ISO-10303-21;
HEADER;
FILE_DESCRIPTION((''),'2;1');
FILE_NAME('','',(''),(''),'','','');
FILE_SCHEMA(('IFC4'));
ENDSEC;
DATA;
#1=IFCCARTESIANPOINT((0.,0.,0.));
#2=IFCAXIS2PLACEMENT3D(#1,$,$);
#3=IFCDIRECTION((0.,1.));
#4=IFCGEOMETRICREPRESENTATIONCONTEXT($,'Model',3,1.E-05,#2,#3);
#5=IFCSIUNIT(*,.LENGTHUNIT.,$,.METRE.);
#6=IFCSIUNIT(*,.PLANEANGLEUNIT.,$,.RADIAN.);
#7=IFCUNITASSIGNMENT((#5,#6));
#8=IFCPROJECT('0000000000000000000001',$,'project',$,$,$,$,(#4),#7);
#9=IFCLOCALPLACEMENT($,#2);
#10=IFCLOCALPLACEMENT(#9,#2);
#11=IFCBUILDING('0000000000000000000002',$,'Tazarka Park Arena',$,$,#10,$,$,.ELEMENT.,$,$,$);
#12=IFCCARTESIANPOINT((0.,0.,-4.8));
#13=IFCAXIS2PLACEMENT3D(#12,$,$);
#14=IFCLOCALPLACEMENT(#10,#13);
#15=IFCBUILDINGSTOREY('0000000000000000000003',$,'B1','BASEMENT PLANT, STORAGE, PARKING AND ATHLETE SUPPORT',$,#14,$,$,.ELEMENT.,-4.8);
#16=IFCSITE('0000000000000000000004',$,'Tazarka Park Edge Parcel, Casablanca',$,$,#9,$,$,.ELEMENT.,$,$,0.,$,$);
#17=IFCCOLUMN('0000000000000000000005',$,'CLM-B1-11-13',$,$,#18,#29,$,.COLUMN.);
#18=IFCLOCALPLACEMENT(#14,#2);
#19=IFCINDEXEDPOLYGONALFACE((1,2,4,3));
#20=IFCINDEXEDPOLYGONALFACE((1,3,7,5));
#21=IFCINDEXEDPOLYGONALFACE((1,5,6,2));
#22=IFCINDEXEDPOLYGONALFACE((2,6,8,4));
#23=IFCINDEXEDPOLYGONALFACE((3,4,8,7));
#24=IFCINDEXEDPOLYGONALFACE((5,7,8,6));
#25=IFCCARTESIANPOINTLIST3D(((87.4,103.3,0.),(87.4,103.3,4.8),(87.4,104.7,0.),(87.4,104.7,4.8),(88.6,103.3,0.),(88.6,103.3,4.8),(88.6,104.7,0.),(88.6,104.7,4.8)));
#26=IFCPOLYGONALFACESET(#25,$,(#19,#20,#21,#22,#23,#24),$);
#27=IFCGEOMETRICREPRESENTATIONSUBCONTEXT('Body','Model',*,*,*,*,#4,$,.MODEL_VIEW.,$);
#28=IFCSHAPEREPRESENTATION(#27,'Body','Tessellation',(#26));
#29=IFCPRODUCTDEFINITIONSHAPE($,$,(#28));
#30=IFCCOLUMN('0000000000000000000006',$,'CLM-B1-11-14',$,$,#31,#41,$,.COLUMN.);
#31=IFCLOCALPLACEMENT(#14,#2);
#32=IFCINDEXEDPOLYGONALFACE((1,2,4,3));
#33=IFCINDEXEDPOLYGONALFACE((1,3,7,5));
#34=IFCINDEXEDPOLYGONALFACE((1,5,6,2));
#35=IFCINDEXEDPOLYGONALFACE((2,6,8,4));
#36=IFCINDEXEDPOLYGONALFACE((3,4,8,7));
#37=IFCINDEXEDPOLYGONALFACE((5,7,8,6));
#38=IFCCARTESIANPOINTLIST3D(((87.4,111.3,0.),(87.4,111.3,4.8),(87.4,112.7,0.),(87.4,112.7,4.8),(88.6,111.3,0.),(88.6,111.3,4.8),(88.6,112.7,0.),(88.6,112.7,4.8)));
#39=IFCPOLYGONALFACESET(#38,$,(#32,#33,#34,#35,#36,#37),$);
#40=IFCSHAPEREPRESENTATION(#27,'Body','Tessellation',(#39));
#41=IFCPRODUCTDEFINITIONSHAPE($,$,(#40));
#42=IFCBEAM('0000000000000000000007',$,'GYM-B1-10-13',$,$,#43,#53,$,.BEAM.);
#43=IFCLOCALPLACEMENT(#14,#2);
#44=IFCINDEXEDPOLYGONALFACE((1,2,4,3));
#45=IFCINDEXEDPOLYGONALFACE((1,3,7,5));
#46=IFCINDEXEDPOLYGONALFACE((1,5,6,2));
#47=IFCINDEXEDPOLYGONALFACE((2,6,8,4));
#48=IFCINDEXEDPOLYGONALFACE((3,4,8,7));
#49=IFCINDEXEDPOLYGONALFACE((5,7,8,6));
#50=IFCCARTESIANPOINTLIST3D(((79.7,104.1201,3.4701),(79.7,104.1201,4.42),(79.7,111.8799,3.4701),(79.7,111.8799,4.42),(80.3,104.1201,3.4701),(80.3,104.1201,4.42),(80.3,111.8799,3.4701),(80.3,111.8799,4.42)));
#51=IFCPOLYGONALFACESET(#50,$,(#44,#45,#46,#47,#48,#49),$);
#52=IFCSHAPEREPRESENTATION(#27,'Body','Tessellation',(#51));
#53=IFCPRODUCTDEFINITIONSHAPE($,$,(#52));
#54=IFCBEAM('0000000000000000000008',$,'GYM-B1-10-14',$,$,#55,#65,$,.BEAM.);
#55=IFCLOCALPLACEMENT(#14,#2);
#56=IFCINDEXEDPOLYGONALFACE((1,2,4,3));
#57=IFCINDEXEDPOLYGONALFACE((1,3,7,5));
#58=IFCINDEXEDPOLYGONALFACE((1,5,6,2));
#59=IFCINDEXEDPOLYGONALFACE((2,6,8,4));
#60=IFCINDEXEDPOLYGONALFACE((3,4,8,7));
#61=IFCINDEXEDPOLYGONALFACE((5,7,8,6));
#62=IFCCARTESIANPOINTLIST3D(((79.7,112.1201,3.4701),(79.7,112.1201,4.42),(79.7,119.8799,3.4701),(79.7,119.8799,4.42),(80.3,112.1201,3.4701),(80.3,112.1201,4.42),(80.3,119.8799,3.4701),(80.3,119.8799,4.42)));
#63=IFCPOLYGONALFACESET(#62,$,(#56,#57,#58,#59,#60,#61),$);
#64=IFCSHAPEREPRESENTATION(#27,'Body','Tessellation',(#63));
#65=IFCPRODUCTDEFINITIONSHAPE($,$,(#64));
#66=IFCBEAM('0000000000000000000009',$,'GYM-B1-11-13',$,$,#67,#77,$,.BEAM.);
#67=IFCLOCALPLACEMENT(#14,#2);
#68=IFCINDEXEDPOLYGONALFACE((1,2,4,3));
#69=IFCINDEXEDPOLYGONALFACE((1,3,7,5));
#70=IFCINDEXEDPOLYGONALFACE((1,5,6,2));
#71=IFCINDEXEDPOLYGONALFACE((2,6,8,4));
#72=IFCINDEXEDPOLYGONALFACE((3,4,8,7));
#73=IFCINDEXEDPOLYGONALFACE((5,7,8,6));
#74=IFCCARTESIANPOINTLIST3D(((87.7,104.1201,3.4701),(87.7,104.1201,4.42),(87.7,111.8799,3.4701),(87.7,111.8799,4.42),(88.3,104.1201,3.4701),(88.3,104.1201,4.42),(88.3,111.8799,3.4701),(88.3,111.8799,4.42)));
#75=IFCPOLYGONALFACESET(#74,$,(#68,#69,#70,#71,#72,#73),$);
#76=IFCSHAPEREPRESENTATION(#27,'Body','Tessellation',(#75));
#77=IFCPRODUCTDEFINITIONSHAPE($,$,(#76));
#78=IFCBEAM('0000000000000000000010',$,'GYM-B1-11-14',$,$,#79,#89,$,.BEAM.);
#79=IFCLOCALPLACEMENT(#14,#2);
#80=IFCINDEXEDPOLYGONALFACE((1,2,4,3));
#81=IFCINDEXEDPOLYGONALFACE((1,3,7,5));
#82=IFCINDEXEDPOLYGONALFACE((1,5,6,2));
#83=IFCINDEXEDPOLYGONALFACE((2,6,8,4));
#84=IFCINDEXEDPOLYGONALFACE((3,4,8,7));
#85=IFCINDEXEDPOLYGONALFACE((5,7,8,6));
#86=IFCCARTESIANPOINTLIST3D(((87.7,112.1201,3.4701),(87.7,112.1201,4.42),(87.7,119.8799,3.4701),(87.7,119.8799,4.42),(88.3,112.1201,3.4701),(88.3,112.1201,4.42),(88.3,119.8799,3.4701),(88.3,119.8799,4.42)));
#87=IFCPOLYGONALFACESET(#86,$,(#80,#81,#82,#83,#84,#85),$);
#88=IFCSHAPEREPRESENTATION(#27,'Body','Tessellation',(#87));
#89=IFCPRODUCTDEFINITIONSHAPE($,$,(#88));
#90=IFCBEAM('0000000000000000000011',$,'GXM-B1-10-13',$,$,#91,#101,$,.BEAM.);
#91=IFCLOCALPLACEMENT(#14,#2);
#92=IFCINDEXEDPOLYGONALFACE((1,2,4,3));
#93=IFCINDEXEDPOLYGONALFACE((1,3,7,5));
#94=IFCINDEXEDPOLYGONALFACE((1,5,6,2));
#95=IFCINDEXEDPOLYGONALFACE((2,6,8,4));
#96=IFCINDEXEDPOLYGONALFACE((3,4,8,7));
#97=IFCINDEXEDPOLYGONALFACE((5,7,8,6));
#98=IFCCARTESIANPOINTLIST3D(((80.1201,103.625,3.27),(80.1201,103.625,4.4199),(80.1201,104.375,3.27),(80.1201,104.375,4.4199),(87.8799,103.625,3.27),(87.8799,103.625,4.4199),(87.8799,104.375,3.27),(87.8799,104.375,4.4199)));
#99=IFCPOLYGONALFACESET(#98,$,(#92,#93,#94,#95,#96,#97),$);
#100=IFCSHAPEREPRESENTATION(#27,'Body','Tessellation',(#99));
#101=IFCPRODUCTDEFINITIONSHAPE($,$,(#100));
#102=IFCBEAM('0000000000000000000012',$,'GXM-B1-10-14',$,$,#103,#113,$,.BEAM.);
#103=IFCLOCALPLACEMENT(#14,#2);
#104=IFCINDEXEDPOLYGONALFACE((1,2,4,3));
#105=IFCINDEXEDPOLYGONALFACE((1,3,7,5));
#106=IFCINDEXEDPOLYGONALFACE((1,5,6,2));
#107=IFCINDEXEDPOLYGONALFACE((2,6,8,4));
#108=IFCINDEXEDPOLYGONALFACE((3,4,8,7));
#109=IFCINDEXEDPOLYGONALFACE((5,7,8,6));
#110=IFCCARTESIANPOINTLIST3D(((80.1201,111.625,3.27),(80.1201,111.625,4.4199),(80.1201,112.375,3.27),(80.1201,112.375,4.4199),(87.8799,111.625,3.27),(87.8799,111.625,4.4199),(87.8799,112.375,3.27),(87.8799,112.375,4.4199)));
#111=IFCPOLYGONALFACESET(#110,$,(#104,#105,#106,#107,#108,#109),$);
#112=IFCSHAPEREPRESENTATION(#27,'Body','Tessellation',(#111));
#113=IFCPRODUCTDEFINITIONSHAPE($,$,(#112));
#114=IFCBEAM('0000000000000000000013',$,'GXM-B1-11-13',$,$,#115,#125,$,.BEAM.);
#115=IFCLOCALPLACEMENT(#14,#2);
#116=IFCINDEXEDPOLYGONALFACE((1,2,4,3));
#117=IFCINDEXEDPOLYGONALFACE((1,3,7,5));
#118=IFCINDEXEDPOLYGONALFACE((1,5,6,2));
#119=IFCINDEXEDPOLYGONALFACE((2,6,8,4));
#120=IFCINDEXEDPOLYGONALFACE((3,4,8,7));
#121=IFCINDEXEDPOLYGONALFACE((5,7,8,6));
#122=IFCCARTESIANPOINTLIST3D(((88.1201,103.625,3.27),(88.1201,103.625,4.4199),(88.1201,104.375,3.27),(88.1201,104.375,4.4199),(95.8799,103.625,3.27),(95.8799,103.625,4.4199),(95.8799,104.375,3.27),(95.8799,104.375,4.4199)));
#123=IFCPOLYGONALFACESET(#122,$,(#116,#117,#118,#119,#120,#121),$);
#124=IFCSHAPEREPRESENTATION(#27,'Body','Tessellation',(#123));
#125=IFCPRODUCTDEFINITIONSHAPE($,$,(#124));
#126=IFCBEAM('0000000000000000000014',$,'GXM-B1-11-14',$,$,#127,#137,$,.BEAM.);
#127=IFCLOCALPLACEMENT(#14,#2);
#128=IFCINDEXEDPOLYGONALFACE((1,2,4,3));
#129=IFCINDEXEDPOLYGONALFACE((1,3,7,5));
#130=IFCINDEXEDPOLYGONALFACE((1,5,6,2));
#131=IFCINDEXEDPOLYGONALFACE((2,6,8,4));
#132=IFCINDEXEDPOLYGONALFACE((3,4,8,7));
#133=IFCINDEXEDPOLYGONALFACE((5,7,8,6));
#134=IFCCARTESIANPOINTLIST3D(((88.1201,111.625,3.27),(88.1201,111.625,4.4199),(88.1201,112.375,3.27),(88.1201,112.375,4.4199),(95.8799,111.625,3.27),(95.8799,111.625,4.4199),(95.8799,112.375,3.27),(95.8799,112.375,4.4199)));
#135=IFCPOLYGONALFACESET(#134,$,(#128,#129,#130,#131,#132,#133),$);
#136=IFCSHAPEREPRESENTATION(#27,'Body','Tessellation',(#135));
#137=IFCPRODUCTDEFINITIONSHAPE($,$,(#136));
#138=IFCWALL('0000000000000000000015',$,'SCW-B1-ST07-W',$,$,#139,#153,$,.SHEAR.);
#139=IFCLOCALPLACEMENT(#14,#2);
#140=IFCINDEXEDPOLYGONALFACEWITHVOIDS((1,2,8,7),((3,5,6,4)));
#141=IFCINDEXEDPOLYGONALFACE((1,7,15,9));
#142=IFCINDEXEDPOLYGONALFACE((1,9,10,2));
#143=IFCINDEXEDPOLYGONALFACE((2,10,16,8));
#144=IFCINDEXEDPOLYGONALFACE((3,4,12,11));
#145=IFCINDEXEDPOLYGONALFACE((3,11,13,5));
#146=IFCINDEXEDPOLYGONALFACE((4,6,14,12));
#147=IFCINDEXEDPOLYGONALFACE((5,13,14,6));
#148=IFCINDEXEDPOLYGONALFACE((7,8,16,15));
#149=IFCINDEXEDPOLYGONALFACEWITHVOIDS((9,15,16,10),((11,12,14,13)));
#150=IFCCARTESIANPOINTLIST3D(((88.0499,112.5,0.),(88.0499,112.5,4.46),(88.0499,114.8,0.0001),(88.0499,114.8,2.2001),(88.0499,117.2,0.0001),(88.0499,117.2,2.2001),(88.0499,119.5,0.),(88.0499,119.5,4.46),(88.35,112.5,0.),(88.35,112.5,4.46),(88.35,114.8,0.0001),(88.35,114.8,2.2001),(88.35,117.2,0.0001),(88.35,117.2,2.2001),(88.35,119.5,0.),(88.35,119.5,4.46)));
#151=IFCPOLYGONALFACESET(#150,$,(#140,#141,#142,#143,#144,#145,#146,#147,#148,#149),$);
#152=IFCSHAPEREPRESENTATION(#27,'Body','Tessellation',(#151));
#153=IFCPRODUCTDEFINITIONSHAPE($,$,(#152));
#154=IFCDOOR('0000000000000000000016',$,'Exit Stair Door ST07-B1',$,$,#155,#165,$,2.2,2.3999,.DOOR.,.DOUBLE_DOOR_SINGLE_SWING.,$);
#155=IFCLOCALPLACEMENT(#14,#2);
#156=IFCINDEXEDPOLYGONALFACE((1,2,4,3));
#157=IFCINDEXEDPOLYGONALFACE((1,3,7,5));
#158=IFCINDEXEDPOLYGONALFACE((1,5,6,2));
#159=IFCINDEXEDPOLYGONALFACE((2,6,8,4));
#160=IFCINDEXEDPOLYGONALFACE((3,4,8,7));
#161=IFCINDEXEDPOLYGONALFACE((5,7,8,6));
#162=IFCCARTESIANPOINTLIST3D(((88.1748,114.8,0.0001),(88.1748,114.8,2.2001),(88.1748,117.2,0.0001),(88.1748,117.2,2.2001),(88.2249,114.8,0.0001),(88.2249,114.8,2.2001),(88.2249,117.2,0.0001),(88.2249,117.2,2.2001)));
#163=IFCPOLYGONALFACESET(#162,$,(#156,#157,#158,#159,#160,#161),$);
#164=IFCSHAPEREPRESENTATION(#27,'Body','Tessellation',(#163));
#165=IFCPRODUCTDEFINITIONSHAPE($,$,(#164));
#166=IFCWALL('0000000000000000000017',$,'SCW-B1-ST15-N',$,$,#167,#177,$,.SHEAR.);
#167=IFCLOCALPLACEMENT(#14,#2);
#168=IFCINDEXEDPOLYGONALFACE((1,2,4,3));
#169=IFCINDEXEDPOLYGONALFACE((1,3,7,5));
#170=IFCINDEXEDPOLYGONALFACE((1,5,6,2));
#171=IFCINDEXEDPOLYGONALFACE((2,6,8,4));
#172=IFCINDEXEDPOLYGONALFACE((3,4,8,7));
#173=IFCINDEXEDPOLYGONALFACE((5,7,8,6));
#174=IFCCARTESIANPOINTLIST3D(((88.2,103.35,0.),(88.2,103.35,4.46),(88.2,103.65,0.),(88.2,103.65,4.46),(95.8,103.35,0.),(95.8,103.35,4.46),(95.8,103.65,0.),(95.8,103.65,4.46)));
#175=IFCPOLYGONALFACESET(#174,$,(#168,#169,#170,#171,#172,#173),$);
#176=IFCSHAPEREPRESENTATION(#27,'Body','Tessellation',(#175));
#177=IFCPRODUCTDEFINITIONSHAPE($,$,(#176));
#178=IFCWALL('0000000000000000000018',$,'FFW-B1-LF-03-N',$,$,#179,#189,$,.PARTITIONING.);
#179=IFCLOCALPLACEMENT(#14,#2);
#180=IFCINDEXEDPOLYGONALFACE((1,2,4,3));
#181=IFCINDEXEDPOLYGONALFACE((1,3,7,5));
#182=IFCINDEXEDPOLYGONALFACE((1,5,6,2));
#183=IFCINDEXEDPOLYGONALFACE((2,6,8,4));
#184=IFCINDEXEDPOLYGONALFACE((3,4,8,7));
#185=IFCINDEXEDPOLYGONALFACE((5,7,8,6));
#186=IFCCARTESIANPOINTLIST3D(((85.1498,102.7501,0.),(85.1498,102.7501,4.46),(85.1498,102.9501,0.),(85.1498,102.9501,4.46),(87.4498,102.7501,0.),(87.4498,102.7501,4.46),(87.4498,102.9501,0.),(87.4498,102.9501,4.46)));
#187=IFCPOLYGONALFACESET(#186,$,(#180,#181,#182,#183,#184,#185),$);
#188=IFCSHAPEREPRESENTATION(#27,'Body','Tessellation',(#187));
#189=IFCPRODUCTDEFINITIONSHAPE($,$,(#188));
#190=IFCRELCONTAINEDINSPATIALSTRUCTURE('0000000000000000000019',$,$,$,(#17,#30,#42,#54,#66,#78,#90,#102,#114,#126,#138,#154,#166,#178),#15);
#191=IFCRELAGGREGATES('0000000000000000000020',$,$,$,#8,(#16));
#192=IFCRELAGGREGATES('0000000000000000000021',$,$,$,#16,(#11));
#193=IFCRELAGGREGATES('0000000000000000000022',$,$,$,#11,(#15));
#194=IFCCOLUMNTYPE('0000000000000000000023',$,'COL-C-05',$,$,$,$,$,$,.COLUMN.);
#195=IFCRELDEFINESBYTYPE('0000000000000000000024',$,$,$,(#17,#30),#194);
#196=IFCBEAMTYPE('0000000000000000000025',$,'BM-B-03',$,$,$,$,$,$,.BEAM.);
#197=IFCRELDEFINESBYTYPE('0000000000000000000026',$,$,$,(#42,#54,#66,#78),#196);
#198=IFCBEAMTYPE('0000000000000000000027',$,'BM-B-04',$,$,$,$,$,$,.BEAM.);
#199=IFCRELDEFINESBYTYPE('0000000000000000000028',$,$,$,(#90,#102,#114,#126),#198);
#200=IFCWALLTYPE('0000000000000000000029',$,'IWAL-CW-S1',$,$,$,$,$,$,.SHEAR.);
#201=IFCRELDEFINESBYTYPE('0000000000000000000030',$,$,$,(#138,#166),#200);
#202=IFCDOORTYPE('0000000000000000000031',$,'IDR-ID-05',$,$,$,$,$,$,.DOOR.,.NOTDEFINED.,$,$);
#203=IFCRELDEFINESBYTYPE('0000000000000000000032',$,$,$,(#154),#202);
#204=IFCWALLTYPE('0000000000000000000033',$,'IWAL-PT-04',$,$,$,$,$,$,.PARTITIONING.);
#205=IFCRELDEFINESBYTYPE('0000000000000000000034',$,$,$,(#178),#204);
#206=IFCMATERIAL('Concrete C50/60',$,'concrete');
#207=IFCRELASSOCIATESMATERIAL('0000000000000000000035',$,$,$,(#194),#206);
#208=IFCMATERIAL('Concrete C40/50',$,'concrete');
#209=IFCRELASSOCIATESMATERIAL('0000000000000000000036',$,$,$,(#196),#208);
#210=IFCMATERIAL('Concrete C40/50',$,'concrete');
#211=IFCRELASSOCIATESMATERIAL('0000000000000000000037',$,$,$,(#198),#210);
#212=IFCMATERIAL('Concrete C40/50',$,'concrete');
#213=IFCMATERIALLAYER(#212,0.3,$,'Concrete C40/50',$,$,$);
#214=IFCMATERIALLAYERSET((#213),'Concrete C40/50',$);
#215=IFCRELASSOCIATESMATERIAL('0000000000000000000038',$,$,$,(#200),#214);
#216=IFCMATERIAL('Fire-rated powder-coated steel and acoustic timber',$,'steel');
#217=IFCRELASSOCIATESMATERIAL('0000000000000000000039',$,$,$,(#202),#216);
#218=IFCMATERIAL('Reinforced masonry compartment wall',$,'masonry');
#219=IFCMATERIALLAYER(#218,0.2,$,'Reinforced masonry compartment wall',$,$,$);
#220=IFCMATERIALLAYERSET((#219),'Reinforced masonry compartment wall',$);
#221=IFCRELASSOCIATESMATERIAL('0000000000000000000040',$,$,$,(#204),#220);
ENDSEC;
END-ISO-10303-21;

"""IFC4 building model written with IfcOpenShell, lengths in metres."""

from ifc_helpers import new_model, si_unit, direction, frame, frame_2d, origin, origin_2d, place, context, subcontext, project, spatial, rectangle, extrude, material, layer, layer_set, material_profile, profile_set, type_object, element, fill, save


model = new_model("IFC4")

# Units and contexts
model_context = context("Model", 3, precision=1e-05, world=origin(), true_north=direction((0.0, 1.0)))
body_context = subcontext(model_context, "Body", "Model", "MODEL_VIEW")
ifc_project = project(units=[si_unit("LENGTHUNIT", "METRE"), si_unit("PLANEANGLEUNIT", "RADIAN")], contexts=[model_context])

# Site, building, storey
site_placement = place(None, origin())
site = spatial("IfcSite", under=ifc_project, at=site_placement, Name="Tazarka Park Edge Parcel, Casablanca", CompositionType="ELEMENT", RefElevation=0.0)
building_placement = place(site_placement, origin())
building = spatial("IfcBuilding", under=site, at=building_placement, Name="Tazarka Park Arena", CompositionType="ELEMENT")
storey_placement = place(building_placement, frame((0.0, 0.0, -4.8)))
storey = spatial("IfcBuildingStorey", under=building, at=storey_placement, Name="B1", Description="BASEMENT PLANT, STORAGE, PARKING AND ATHLETE SUPPORT", CompositionType="ELEMENT", Elevation=-4.8)

# Columns
ifc_material_1 = material(Name="Concrete C50/60", Category="concrete")
ifc_material_profile_1 = material_profile(ifc_material_1, rectangle(XDim=1.2, YDim=1.3999, at=origin_2d()), Name="Concrete C50/60")
ifc_profile_set_1 = profile_set([ifc_material_profile_1], Name="Concrete C50/60")
column_type = type_object("IfcColumnType", Name="COL-C-05", PredefinedType="COLUMN", material=ifc_profile_set_1)
for number, where, z_axis, x_axis, name in (
    (1, (88.0, 104.0, 0.0), (0.0, 0.0, 1.0), (1.0, 0.0, 0.0), "CLM-B1-11-13"),
    (2, (88.0, 112.0, 0.0), (0.0, 0.0, 1.0), (1.0, 0.0, 0.0), "CLM-B1-11-14"),
):
    element("IfcColumn", number, at=place(storey_placement, frame(where, z_axis=z_axis, x_axis=x_axis)), inside=storey, type_object=column_type, Name=name, PredefinedType="COLUMN", context=body_context, shape_type="SweptSolid", body=[
        extrude(rectangle(XDim=1.2, YDim=1.3999, at=origin_2d()), origin(), (0.0, 0.0, 1.0), 4.8),
    ])

# Beams
ifc_material_2 = material(Name="Concrete C40/50", Category="concrete")
ifc_material_profile_2 = material_profile(ifc_material_2, rectangle(XDim=0.6001, YDim=0.95, at=origin_2d()), Name="Concrete C40/50")
ifc_profile_set_2 = profile_set([ifc_material_profile_2], Name="Concrete C40/50")
beam_type_1 = type_object("IfcBeamType", Name="BM-B-03", PredefinedType="BEAM", material=ifc_profile_set_2)
for number, where, z_axis, x_axis, name in (
    (3, (80.0, 104.1201, 3.9451), (0.0, 1.0, 0.0), (-1.0, 0.0, 0.0), "GYM-B1-10-13"),
    (4, (80.0, 112.1201, 3.9451), (0.0, 1.0, 0.0), (-1.0, 0.0, 0.0), "GYM-B1-10-14"),
    (5, (88.0, 104.1201, 3.9451), (0.0, 1.0, 0.0), (-1.0, 0.0, 0.0), "GYM-B1-11-13"),
    (6, (88.0, 112.1201, 3.9451), (0.0, 1.0, 0.0), (-1.0, 0.0, 0.0), "GYM-B1-11-14"),
):
    element("IfcBeam", number, at=place(storey_placement, frame(where, z_axis=z_axis, x_axis=x_axis)), inside=storey, type_object=beam_type_1, Name=name, PredefinedType="BEAM", context=body_context, shape_type="SweptSolid", body=[
        extrude(rectangle(XDim=0.6001, YDim=0.95, at=origin_2d()), origin(), (0.0, 0.0, 1.0), 7.7598),
    ])
ifc_material_3 = material(Name="Concrete C40/50", Category="concrete")
ifc_material_profile_3 = material_profile(ifc_material_3, rectangle(XDim=0.75, YDim=1.1499, at=origin_2d()), Name="Concrete C40/50")
ifc_profile_set_3 = profile_set([ifc_material_profile_3], Name="Concrete C40/50")
beam_type_2 = type_object("IfcBeamType", Name="BM-B-04", PredefinedType="BEAM", material=ifc_profile_set_3)
for number, where, z_axis, x_axis, name in (
    (7, (80.1201, 104.0, 3.845), (1.0, 0.0, 0.0), (0.0, 1.0, 0.0), "GXM-B1-10-13"),
    (8, (80.1201, 112.0, 3.845), (1.0, 0.0, 0.0), (0.0, 1.0, 0.0), "GXM-B1-10-14"),
    (9, (88.1201, 104.0, 3.845), (1.0, 0.0, 0.0), (0.0, 1.0, 0.0), "GXM-B1-11-13"),
    (10, (88.1201, 112.0, 3.845), (1.0, 0.0, 0.0), (0.0, 1.0, 0.0), "GXM-B1-11-14"),
):
    element("IfcBeam", number, at=place(storey_placement, frame(where, z_axis=z_axis, x_axis=x_axis)), inside=storey, type_object=beam_type_2, Name=name, PredefinedType="BEAM", context=body_context, shape_type="SweptSolid", body=[
        extrude(rectangle(XDim=0.75, YDim=1.1499, at=origin_2d()), origin(), (0.0, 0.0, 1.0), 7.7598),
    ])

# Wall, opening, door
ifc_material_4 = material(Name="Concrete C40/50", Category="concrete")
ifc_layer_1 = layer(ifc_material_4, 0.3, Name="Concrete C40/50")
ifc_layer_set_1 = layer_set([ifc_layer_1], Name="Concrete C40/50")
wall_type_1 = type_object("IfcWallType", Name="IWAL-CW-S1", PredefinedType="SHEAR", material=ifc_layer_set_1)
wall_1_placement = place(storey_placement, frame((88.2, 112.5, 0.0), z_axis=(0.0, 0.0, 1.0), x_axis=(0.0, 1.0, 0.0)))
wall_1 = element("IfcWall", 11, at=wall_1_placement, inside=storey, type_object=wall_type_1, Name="SCW-B1-ST07-W", PredefinedType="SHEAR", context=body_context, shape_type="SweptSolid", body=[
    extrude(rectangle(XDim=7.0, YDim=0.3, at=frame_2d((3.5, 0.0))), origin(), (0.0, 0.0, 1.0), 4.46),
])
opening_1_placement = place(wall_1_placement, frame((2.3, 0.0, 0.0)))
opening_1 = element("IfcOpeningElement", 12, at=opening_1_placement, cuts=wall_1, PredefinedType="OPENING", context=body_context, shape_type="SweptSolid", body=[
    extrude(rectangle(XDim=2.3999, YDim=2.2, at=frame_2d((1.2, 1.1001))), frame((0.0, 0.1602, 0.0), z_axis=(0.0, -1.0, 0.0), x_axis=(1.0, 0.0, 0.0)), (0.0, 0.0, 1.0), 0.3201),
])
ifc_material_5 = material(Name="Fire-rated powder-coated steel and acoustic timber", Category="steel")
door_type_1 = type_object("IfcDoorType", Name="IDR-ID-05", OperationType="NOTDEFINED", PredefinedType="DOOR", material=ifc_material_5)
door_1_placement = place(opening_1_placement, frame((2.3999, 0.0, 0.0), z_axis=(0.0, 0.0, 1.0), x_axis=(-1.0, 0.0, 0.0)))
door_1 = element("IfcDoor", 13, at=door_1_placement, inside=storey, type_object=door_type_1, Name="Exit Stair Door ST07-B1", OperationType="DOUBLE_DOOR_SINGLE_SWING", OverallHeight=2.2, OverallWidth=2.3999, PredefinedType="DOOR", context=body_context, shape_type="SweptSolid", body=[
    extrude(rectangle(XDim=2.3999, YDim=2.2, at=frame_2d((1.2, 1.1001))), frame((0.0, 0.0249, 0.0), z_axis=(0.0, -1.0, 0.0), x_axis=(1.0, 0.0, 0.0)), (0.0, 0.0, 1.0), 0.05),
])
fill(opening_1, door_1)

# Walls
wall_2_placement = place(storey_placement, frame((88.2, 103.5, 0.0), z_axis=(0.0, 0.0, 1.0), x_axis=(1.0, 0.0, 0.0)))
element("IfcWall", 14, at=wall_2_placement, inside=storey, type_object=wall_type_1, Name="SCW-B1-ST15-N", PredefinedType="SHEAR", context=body_context, shape_type="SweptSolid", body=[
    extrude(rectangle(XDim=7.6001, YDim=0.3, at=frame_2d((3.8, 0.0))), origin(), (0.0, 0.0, 1.0), 4.46),
])
ifc_material_6 = material(Name="Reinforced masonry compartment wall", Category="masonry")
ifc_layer_2 = layer(ifc_material_6, 0.2, Name="Reinforced masonry compartment wall")
ifc_layer_set_2 = layer_set([ifc_layer_2], Name="Reinforced masonry compartment wall")
wall_type_2 = type_object("IfcWallType", Name="IWAL-PT-04", PredefinedType="PARTITIONING", material=ifc_layer_set_2)
wall_3_placement = place(storey_placement, frame((85.1499, 102.8501, 0.0), z_axis=(0.0, 0.0, 1.0), x_axis=(1.0, 0.0, 0.0)))
element("IfcWall", 15, at=wall_3_placement, inside=storey, type_object=wall_type_2, Name="FFW-B1-LF-03-N", PredefinedType="PARTITIONING", context=body_context, shape_type="SweptSolid", body=[
    extrude(rectangle(XDim=2.3, YDim=0.2, at=frame_2d((1.1499, 0.0))), origin(), (0.0, 0.0, 1.0), 4.46),
])

save(model, "model.ifc")
